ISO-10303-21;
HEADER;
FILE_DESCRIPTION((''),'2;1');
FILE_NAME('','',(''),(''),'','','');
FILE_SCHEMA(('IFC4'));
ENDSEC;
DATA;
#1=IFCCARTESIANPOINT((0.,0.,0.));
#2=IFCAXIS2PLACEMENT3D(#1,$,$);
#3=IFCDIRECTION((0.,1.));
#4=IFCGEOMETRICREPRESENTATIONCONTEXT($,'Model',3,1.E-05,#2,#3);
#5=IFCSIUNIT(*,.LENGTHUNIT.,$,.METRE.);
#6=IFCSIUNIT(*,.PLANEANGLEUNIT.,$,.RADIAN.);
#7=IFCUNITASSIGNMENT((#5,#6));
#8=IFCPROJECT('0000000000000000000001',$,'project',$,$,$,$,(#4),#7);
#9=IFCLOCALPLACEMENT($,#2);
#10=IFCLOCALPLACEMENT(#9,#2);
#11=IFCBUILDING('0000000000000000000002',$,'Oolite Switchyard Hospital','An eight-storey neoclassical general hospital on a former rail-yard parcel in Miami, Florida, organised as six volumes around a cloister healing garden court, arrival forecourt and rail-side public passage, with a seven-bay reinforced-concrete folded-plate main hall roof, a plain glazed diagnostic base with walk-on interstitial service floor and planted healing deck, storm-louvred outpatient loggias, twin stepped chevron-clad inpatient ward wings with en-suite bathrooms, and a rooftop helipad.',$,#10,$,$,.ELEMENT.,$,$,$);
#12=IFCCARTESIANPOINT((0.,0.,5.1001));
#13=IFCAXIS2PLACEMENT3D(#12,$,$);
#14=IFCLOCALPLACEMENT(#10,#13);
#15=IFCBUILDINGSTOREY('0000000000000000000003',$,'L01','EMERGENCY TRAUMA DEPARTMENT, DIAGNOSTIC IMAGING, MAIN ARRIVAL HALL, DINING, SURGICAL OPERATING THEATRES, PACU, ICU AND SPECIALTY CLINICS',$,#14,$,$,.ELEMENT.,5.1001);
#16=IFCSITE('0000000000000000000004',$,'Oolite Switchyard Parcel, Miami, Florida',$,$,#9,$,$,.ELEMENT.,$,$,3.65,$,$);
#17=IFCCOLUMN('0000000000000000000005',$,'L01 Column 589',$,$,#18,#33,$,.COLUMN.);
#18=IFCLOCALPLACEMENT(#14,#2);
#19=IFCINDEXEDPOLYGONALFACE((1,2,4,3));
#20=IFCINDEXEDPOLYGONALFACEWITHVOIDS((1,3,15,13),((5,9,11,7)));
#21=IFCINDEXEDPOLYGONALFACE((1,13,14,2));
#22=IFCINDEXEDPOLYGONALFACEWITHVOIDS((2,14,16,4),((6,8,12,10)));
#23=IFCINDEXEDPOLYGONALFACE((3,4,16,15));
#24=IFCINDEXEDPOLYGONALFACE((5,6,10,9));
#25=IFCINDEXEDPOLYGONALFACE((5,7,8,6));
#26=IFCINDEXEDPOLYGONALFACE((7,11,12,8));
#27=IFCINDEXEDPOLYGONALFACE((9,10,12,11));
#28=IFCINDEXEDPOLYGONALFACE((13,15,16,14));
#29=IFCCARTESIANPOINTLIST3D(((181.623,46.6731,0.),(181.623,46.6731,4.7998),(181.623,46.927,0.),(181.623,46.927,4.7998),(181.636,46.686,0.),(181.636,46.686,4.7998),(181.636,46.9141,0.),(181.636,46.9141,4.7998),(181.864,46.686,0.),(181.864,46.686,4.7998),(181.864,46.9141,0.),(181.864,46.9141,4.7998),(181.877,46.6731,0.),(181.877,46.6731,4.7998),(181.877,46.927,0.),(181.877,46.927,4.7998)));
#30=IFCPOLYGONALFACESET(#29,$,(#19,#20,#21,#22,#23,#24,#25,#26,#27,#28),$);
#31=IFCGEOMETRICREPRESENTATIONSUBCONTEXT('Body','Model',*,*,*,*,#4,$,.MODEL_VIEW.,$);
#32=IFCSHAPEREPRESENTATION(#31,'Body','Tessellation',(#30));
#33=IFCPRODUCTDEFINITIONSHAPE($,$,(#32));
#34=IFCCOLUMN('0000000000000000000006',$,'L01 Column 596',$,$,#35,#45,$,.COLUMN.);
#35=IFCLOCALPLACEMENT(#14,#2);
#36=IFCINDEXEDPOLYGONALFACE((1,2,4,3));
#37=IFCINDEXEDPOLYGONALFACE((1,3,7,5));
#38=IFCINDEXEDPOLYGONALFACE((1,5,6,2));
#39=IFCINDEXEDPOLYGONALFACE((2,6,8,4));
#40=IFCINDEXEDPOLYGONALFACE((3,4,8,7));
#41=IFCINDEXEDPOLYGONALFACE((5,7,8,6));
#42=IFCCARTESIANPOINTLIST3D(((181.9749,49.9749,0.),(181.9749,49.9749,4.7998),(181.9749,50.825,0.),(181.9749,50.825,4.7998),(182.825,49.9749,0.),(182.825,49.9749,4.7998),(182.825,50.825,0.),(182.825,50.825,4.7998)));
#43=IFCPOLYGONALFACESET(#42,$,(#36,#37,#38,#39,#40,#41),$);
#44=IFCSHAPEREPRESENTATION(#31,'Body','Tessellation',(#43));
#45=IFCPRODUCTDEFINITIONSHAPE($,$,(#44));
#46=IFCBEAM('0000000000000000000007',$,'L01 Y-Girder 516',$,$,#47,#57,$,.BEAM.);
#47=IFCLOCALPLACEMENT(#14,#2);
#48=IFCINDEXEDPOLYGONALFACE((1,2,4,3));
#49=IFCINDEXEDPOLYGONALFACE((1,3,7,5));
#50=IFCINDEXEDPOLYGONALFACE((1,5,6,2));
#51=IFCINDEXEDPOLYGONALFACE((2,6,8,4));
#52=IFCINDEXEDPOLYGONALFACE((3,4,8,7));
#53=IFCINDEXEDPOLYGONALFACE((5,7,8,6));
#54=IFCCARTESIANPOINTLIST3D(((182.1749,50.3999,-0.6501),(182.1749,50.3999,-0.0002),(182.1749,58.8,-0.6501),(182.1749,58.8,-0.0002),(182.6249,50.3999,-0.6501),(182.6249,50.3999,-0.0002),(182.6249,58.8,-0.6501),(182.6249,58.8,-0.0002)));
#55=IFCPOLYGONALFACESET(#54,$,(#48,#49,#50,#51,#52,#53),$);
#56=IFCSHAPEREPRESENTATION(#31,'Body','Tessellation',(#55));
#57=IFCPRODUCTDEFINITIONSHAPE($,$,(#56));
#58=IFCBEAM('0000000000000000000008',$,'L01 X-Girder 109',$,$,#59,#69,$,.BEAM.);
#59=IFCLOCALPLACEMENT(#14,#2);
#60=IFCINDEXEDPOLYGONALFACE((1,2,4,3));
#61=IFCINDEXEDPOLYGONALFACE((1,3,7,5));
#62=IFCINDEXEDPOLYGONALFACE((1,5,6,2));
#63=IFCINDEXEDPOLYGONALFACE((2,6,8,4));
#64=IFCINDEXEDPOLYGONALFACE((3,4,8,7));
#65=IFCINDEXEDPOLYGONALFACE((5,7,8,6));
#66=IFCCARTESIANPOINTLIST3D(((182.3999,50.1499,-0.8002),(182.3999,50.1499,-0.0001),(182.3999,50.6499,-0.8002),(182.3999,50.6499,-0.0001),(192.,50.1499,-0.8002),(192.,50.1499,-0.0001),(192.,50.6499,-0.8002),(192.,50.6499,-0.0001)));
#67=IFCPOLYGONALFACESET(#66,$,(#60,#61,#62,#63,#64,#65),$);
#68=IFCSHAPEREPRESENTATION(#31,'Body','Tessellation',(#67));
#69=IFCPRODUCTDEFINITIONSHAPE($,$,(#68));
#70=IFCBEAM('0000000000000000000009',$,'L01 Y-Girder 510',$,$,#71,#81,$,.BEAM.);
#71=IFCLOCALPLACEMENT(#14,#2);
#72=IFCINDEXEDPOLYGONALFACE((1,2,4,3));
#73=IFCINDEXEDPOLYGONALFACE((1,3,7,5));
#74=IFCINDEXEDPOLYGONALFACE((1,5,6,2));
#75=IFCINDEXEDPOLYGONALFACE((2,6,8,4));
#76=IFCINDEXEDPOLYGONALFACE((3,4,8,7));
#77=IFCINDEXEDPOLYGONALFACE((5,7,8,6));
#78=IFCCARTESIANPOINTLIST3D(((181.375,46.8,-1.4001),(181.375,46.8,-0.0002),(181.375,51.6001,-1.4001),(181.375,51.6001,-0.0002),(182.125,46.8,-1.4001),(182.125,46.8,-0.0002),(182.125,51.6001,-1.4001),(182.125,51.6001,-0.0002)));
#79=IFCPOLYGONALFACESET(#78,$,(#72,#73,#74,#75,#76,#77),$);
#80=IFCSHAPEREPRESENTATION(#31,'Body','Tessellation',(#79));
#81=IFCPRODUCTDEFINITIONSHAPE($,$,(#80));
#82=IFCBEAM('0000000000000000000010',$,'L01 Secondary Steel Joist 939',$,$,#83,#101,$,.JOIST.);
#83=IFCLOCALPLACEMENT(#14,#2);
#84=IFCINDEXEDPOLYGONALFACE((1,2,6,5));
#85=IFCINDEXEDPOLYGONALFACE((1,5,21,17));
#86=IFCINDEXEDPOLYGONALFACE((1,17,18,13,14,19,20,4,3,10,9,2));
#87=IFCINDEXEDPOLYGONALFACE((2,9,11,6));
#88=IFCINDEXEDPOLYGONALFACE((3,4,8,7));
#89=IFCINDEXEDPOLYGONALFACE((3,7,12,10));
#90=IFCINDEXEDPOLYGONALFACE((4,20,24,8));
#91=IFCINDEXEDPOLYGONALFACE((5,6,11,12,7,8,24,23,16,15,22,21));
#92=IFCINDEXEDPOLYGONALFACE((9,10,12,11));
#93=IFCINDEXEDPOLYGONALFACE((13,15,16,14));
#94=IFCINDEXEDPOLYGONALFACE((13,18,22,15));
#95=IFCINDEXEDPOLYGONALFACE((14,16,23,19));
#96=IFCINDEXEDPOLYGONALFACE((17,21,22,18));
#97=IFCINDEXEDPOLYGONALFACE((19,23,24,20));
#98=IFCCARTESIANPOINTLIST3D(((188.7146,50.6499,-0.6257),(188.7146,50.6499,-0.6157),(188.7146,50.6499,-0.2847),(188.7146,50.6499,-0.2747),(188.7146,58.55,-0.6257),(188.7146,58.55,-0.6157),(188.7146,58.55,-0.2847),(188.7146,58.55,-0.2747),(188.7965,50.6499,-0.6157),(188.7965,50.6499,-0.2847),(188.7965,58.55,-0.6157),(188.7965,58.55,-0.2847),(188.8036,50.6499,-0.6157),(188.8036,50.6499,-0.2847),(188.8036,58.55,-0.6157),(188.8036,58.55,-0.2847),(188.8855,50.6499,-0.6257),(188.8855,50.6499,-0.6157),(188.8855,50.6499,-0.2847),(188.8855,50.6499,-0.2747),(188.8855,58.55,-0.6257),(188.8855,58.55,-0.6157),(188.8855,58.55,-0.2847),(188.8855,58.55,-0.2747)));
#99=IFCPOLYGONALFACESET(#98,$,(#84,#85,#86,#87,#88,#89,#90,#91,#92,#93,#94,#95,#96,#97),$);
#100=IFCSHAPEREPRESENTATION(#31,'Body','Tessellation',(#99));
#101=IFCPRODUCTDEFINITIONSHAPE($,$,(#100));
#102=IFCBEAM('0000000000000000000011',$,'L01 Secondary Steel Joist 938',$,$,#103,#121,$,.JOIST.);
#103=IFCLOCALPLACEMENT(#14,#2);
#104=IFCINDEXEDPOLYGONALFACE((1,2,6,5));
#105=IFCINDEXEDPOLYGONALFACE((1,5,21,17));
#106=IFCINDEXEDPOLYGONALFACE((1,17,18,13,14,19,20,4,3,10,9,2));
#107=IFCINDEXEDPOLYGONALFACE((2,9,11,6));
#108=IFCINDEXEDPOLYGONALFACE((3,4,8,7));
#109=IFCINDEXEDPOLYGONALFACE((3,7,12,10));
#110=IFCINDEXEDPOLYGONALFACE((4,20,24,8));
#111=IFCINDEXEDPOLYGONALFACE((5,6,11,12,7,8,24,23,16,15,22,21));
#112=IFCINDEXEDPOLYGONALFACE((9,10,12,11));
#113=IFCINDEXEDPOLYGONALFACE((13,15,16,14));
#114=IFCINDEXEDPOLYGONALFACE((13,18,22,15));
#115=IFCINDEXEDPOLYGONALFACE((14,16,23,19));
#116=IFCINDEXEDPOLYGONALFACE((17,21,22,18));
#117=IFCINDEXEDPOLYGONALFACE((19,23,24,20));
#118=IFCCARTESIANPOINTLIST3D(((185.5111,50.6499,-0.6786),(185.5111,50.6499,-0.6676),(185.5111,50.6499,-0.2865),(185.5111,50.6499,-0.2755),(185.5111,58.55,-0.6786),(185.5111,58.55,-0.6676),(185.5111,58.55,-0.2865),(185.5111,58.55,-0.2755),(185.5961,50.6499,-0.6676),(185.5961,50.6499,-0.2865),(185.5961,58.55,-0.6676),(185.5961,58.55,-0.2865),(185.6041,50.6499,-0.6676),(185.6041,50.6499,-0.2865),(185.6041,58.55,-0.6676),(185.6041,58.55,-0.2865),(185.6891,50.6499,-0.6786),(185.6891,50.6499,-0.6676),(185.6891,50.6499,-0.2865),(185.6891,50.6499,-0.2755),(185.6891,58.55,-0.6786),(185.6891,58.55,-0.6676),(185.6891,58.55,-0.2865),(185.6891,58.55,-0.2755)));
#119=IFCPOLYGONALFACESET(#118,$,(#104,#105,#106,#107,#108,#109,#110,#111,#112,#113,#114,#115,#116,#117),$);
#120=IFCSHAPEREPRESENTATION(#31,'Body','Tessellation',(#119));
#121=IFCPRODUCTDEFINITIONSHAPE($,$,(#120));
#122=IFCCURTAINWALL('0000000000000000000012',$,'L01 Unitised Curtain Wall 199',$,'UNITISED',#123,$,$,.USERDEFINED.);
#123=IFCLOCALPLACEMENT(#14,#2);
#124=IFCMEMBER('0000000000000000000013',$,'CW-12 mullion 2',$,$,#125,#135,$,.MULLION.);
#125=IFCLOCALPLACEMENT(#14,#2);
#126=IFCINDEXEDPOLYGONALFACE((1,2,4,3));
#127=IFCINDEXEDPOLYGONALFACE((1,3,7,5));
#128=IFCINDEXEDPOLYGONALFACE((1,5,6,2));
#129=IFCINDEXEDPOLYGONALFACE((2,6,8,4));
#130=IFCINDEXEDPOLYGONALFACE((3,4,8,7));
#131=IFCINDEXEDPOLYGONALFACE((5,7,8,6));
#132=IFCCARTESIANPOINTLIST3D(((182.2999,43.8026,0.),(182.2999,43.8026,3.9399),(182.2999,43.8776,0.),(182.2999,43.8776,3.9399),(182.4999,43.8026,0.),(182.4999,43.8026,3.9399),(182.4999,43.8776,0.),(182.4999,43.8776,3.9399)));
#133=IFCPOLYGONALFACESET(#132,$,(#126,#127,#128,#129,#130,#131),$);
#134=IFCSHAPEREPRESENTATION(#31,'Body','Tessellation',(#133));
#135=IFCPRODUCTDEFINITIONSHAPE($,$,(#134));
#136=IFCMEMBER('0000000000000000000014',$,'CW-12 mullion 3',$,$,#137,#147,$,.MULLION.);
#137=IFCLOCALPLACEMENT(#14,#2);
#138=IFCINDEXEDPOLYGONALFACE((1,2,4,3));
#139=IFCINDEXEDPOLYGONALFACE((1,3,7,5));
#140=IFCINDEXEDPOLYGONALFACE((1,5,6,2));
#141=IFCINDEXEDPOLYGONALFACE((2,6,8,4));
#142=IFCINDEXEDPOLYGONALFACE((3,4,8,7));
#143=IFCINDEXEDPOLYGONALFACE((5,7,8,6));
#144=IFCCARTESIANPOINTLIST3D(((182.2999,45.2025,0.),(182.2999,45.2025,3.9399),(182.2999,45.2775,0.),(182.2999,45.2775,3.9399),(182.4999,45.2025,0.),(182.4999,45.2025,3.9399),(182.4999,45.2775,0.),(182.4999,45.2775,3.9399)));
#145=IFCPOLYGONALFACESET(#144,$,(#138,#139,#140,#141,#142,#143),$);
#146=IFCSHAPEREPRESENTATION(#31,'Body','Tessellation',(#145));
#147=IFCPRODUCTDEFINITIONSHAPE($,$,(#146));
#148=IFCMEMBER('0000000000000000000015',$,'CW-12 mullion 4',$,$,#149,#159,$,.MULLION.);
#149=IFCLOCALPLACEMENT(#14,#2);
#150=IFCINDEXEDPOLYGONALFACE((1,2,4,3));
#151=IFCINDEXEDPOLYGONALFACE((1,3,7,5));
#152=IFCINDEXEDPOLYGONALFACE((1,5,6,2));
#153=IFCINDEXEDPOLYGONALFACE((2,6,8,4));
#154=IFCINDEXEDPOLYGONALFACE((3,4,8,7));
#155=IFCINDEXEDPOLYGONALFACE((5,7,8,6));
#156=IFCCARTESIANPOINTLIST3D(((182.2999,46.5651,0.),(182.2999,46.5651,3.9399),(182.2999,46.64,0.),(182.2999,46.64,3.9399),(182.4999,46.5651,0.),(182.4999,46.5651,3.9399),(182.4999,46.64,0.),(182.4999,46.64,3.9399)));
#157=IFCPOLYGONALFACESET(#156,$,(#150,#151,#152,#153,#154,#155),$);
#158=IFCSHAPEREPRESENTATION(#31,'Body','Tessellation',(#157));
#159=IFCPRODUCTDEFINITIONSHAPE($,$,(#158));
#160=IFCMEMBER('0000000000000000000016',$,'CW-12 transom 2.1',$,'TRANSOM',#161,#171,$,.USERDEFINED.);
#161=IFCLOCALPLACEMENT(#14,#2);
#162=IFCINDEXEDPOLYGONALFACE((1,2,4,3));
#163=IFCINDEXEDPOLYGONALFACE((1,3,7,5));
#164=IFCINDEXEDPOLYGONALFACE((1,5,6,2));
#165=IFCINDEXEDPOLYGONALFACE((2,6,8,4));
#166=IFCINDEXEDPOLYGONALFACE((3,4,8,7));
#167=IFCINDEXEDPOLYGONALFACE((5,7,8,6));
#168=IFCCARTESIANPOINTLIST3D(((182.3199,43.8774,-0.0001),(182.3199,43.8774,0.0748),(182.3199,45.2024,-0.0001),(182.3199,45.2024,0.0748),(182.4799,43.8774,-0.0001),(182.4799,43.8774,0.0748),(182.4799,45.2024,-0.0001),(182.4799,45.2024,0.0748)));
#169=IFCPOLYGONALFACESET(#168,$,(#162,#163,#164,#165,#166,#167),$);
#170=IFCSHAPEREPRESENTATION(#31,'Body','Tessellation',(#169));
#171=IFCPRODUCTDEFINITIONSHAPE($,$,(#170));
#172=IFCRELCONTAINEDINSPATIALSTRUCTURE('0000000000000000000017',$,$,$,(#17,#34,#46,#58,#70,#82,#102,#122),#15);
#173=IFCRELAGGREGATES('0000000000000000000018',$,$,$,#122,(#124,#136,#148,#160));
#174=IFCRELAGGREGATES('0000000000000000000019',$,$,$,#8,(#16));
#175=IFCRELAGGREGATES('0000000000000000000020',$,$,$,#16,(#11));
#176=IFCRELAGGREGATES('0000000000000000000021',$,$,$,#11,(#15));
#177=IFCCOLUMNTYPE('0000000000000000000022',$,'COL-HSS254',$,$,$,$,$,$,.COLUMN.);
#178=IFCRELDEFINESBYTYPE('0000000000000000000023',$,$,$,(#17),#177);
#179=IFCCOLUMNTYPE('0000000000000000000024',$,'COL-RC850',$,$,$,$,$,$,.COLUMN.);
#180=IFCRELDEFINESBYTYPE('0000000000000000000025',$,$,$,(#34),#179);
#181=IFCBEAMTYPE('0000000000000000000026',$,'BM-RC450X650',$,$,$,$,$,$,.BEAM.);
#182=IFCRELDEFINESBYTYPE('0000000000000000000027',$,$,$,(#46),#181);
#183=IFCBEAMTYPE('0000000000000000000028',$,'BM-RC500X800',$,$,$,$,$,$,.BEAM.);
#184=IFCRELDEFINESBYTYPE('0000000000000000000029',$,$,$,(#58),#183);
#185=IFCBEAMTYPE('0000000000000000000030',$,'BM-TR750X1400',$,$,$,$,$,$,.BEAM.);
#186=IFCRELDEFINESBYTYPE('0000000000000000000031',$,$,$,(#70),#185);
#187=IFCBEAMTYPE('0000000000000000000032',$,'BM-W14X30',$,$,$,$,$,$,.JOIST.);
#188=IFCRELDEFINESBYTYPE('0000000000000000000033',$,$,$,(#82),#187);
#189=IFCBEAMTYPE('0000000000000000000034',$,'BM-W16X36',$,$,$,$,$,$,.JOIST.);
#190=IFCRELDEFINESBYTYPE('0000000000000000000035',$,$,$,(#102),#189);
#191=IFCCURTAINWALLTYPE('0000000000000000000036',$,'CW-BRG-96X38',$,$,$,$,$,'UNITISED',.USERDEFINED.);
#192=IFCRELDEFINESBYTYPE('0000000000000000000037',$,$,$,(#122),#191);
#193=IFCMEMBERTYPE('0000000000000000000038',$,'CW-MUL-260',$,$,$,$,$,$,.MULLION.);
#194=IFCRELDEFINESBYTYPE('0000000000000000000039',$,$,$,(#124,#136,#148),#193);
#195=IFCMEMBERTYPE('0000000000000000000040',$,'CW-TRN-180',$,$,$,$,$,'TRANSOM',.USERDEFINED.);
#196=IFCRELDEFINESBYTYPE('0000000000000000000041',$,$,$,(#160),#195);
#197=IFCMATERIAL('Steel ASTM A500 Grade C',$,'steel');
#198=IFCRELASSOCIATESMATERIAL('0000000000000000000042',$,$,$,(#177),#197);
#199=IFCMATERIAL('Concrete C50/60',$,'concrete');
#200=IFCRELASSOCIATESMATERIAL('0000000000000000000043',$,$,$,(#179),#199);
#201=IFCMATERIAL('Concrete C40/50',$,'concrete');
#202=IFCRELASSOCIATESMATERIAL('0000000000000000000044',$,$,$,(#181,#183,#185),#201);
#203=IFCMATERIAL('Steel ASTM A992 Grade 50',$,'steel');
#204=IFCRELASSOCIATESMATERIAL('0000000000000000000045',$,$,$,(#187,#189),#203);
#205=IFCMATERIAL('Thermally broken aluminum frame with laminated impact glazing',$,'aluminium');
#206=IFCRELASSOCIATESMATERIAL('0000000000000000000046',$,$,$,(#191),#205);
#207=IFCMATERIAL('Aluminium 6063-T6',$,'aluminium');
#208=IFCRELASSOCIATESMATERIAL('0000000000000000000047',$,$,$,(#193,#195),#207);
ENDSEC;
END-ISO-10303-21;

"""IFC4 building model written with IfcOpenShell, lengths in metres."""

from ifc_helpers import new_model, si_unit, direction, frame, origin, origin_2d, place, context, subcontext, project, spatial, rectangle, hollow_rectangle, i_section, extrude, material, material_profile, profile_set, type_object, element, aggregate, save


model = new_model("IFC4")

# Units and contexts
model_context = context("Model", 3, precision=1e-05, world=origin(), true_north=direction((0.0, 1.0)))
body_context = subcontext(model_context, "Body", "Model", "MODEL_VIEW")
ifc_project = project(units=[si_unit("LENGTHUNIT", "METRE"), si_unit("PLANEANGLEUNIT", "RADIAN")], contexts=[model_context])

# Site, building, storey
site_placement = place(None, origin())
site = spatial("IfcSite", under=ifc_project, at=site_placement, Name="Oolite Switchyard Parcel, Miami, Florida", CompositionType="ELEMENT", RefElevation=3.65)
building_placement = place(site_placement, origin())
building = spatial("IfcBuilding", under=site, at=building_placement, Name="Oolite Switchyard Hospital", Description="An eight-storey neoclassical general hospital on a former rail-yard parcel in Miami, Florida, organised as six volumes around a cloister healing garden court, arrival forecourt and rail-side public passage, with a seven-bay reinforced-concrete folded-plate main hall roof, a plain glazed diagnostic base with walk-on interstitial service floor and planted healing deck, storm-louvred outpatient loggias, twin stepped chevron-clad inpatient ward wings with en-suite bathrooms, and a rooftop helipad.", CompositionType="ELEMENT")
storey_placement = place(building_placement, frame((0.0, 0.0, 5.1001)))
storey = spatial("IfcBuildingStorey", under=building, at=storey_placement, Name="L01", Description="EMERGENCY TRAUMA DEPARTMENT, DIAGNOSTIC IMAGING, MAIN ARRIVAL HALL, DINING, SURGICAL OPERATING THEATRES, PACU, ICU AND SPECIALTY CLINICS", CompositionType="ELEMENT", Elevation=5.1001)

# Columns
ifc_material_1 = material(Name="Steel ASTM A500 Grade C", Category="steel")
ifc_material_profile_1 = material_profile(ifc_material_1, hollow_rectangle(XDim=0.2539, YDim=0.2539, WallThickness=0.0129, at=origin_2d()), Name="HSS254X254X13")
ifc_profile_set_1 = profile_set([ifc_material_profile_1], Name="Steel ASTM A500 Grade C")
column_type_1 = type_object("IfcColumnType", Name="COL-HSS254", PredefinedType="COLUMN", material=ifc_profile_set_1)
column_1_placement = place(storey_placement, frame((181.75, 46.8, 0.0), z_axis=(0.0, 0.0, 1.0), x_axis=(1.0, 0.0, 0.0)))
element("IfcColumn", 1, at=column_1_placement, inside=storey, type_object=column_type_1, Name="L01 Column 589", PredefinedType="COLUMN", context=body_context, shape_type="SweptSolid", body=[
    extrude(hollow_rectangle(XDim=0.2539, YDim=0.2539, WallThickness=0.0129, at=origin_2d()), origin(), (0.0, 0.0, 1.0), 4.7998),
])
ifc_material_2 = material(Name="Concrete C50/60", Category="concrete")
ifc_material_profile_2 = material_profile(ifc_material_2, rectangle(XDim=0.8501, YDim=0.8501, at=origin_2d()), Name="RC850X850")
ifc_profile_set_2 = profile_set([ifc_material_profile_2], Name="Concrete C50/60")
column_type_2 = type_object("IfcColumnType", Name="COL-RC850", PredefinedType="COLUMN", material=ifc_profile_set_2)
column_2_placement = place(storey_placement, frame((182.3999, 50.3999, 0.0), z_axis=(0.0, 0.0, 1.0), x_axis=(1.0, 0.0, 0.0)))
element("IfcColumn", 2, at=column_2_placement, inside=storey, type_object=column_type_2, Name="L01 Column 596", PredefinedType="COLUMN", context=body_context, shape_type="SweptSolid", body=[
    extrude(rectangle(XDim=0.8501, YDim=0.8501, at=origin_2d()), origin(), (0.0, 0.0, 1.0), 4.7998),
])

# Beams
ifc_material_3 = material(Name="Concrete C40/50", Category="concrete")
ifc_material_profile_3 = material_profile(ifc_material_3, rectangle(XDim=0.45, YDim=0.6499, at=origin_2d()), Name="RCB450X650")
ifc_profile_set_3 = profile_set([ifc_material_profile_3], Name="Concrete C40/50")
beam_type_1 = type_object("IfcBeamType", Name="BM-RC450X650", PredefinedType="BEAM", material=ifc_profile_set_3)
beam_1_placement = place(storey_placement, frame((182.3999, 50.3999, -0.3252), z_axis=(0.0, 1.0, 0.0), x_axis=(-1.0, 0.0, 0.0)))
element("IfcBeam", 3, at=beam_1_placement, inside=storey, type_object=beam_type_1, Name="L01 Y-Girder 516", PredefinedType="BEAM", context=body_context, shape_type="SweptSolid", body=[
    extrude(rectangle(XDim=0.45, YDim=0.6499, at=origin_2d()), origin(), (0.0, 0.0, 1.0), 8.4001),
])
ifc_material_profile_4 = material_profile(ifc_material_3, rectangle(XDim=0.5, YDim=0.8, at=origin_2d()), Name="RCB500X800")
ifc_profile_set_4 = profile_set([ifc_material_profile_4], Name="Concrete C40/50")
beam_type_2 = type_object("IfcBeamType", Name="BM-RC500X800", PredefinedType="BEAM", material=ifc_profile_set_4)
beam_2_placement = place(storey_placement, frame((182.3999, 50.3999, -0.4001), z_axis=(1.0, 0.0, 0.0), x_axis=(0.0, 1.0, 0.0)))
element("IfcBeam", 4, at=beam_2_placement, inside=storey, type_object=beam_type_2, Name="L01 X-Girder 109", PredefinedType="BEAM", context=body_context, shape_type="SweptSolid", body=[
    extrude(rectangle(XDim=0.5, YDim=0.8, at=origin_2d()), origin(), (0.0, 0.0, 1.0), 9.6001),
])
ifc_material_profile_5 = material_profile(ifc_material_3, rectangle(XDim=0.75, YDim=1.3999, at=origin_2d()), Name="RCT750X1400")
ifc_profile_set_5 = profile_set([ifc_material_profile_5], Name="Concrete C40/50")
beam_type_3 = type_object("IfcBeamType", Name="BM-TR750X1400", PredefinedType="BEAM", material=ifc_profile_set_5)
beam_3_placement = place(storey_placement, frame((181.75, 46.8, -0.7002), z_axis=(0.0, 1.0, 0.0), x_axis=(-1.0, 0.0, 0.0)))
element("IfcBeam", 5, at=beam_3_placement, inside=storey, type_object=beam_type_3, Name="L01 Y-Girder 510", PredefinedType="BEAM", context=body_context, shape_type="SweptSolid", body=[
    extrude(rectangle(XDim=0.75, YDim=1.3999, at=origin_2d()), origin(), (0.0, 0.0, 1.0), 4.8),
])
ifc_material_4 = material(Name="Steel ASTM A992 Grade 50", Category="steel")
ifc_material_profile_6 = material_profile(ifc_material_4, i_section(OverallWidth=0.1709, OverallDepth=0.3511, WebThickness=0.0071, FlangeThickness=0.01, at=origin_2d()), Name="W14X30")
ifc_profile_set_6 = profile_set([ifc_material_profile_6], Name="Steel ASTM A992 Grade 50")
beam_type_4 = type_object("IfcBeamType", Name="BM-W14X30", PredefinedType="JOIST", material=ifc_profile_set_6)
beam_4_placement = place(storey_placement, frame((188.8, 50.6499, -0.4502), z_axis=(0.0, 1.0, 0.0), x_axis=(-1.0, 0.0, 0.0)))
element("IfcBeam", 6, at=beam_4_placement, inside=storey, type_object=beam_type_4, Name="L01 Secondary Steel Joist 939", PredefinedType="JOIST", context=body_context, shape_type="SweptSolid", body=[
    extrude(i_section(OverallWidth=0.1709, OverallDepth=0.3511, WebThickness=0.0071, FlangeThickness=0.01, at=origin_2d()), origin(), (0.0, 0.0, 1.0), 7.9001),
])
ifc_material_profile_7 = material_profile(ifc_material_4, i_section(OverallWidth=0.178, OverallDepth=0.4031, WebThickness=0.0081, FlangeThickness=0.011, at=origin_2d()), Name="W16X36")
ifc_profile_set_7 = profile_set([ifc_material_profile_7], Name="Steel ASTM A992 Grade 50")
beam_type_5 = type_object("IfcBeamType", Name="BM-W16X36", PredefinedType="JOIST", material=ifc_profile_set_7)
beam_5_placement = place(storey_placement, frame((185.6001, 50.6499, -0.4771), z_axis=(0.0, 1.0, 0.0), x_axis=(-1.0, 0.0, 0.0)))
element("IfcBeam", 7, at=beam_5_placement, inside=storey, type_object=beam_type_5, Name="L01 Secondary Steel Joist 938", PredefinedType="JOIST", context=body_context, shape_type="SweptSolid", body=[
    extrude(i_section(OverallWidth=0.178, OverallDepth=0.4031, WebThickness=0.0081, FlangeThickness=0.011, at=origin_2d()), origin(), (0.0, 0.0, 1.0), 7.9001),
])

# Curtain wall, members
ifc_material_5 = material(Name="Thermally broken aluminum frame with laminated impact glazing", Category="aluminium")
curtain_wall_type = type_object("IfcCurtainWallType", Name="CW-BRG-96X38", ElementType="UNITISED", PredefinedType="USERDEFINED", material=ifc_material_5)
curtain_wall_placement = place(storey_placement, origin())
curtain_wall = element("IfcCurtainWall", 8, at=curtain_wall_placement, inside=storey, type_object=curtain_wall_type, Name="L01 Unitised Curtain Wall 199", ObjectType="UNITISED", PredefinedType="USERDEFINED")
ifc_material_6 = material(Name="Aluminium 6063-T6", Category="aluminium")
ifc_material_profile_8 = material_profile(ifc_material_6, rectangle(XDim=0.2, YDim=0.075, at=origin_2d()), Name="CWM75X200")
ifc_profile_set_8 = profile_set([ifc_material_profile_8], Name="Aluminium 6063-T6")
member_type_1 = type_object("IfcMemberType", Name="CW-MUL-260", PredefinedType="MULLION", material=ifc_profile_set_8)
member_1_placement = place(storey_placement, frame((182.3999, 43.8401, 0.0), z_axis=(0.0, 0.0, 1.0), x_axis=(-1.0, 0.0, 0.0)))
member_1 = element("IfcMember", 9, at=member_1_placement, type_object=member_type_1, Name="CW-12 mullion 2", PredefinedType="MULLION", context=body_context, shape_type="SweptSolid", body=[
    extrude(rectangle(XDim=0.2, YDim=0.075, at=origin_2d()), origin(), (0.0, 0.0, 1.0), 3.9399),
])
member_2_placement = place(storey_placement, frame((182.3999, 45.24, 0.0), z_axis=(0.0, 0.0, 1.0), x_axis=(-1.0, 0.0, 0.0)))
member_2 = element("IfcMember", 10, at=member_2_placement, type_object=member_type_1, Name="CW-12 mullion 3", PredefinedType="MULLION", context=body_context, shape_type="SweptSolid", body=[
    extrude(rectangle(XDim=0.2, YDim=0.075, at=origin_2d()), origin(), (0.0, 0.0, 1.0), 3.9399),
])
member_3_placement = place(storey_placement, frame((182.3999, 46.6025, 0.0), z_axis=(0.0, 0.0, 1.0), x_axis=(-1.0, 0.0, 0.0)))
member_3 = element("IfcMember", 11, at=member_3_placement, type_object=member_type_1, Name="CW-12 mullion 4", PredefinedType="MULLION", context=body_context, shape_type="SweptSolid", body=[
    extrude(rectangle(XDim=0.2, YDim=0.075, at=origin_2d()), origin(), (0.0, 0.0, 1.0), 3.9399),
])
ifc_material_profile_9 = material_profile(ifc_material_6, rectangle(XDim=0.1599, YDim=0.075, at=origin_2d()), Name="CWT75X160")
ifc_profile_set_9 = profile_set([ifc_material_profile_9], Name="Aluminium 6063-T6")
member_type_2 = type_object("IfcMemberType", Name="CW-TRN-180", ElementType="TRANSOM", PredefinedType="USERDEFINED", material=ifc_profile_set_9)
member_4_placement = place(storey_placement, frame((182.3999, 43.8774, 0.0374), z_axis=(0.0, 1.0, 0.0), x_axis=(-1.0, 0.0, 0.0)))
member_4 = element("IfcMember", 12, at=member_4_placement, type_object=member_type_2, Name="CW-12 transom 2.1", ObjectType="TRANSOM", PredefinedType="USERDEFINED", context=body_context, shape_type="SweptSolid", body=[
    extrude(rectangle(XDim=0.1599, YDim=0.075, at=origin_2d()), origin(), (0.0, 0.0, 1.0), 1.325),
])
aggregate(curtain_wall, [member_1, member_2, member_3, member_4])

save(model, "model.ifc")
